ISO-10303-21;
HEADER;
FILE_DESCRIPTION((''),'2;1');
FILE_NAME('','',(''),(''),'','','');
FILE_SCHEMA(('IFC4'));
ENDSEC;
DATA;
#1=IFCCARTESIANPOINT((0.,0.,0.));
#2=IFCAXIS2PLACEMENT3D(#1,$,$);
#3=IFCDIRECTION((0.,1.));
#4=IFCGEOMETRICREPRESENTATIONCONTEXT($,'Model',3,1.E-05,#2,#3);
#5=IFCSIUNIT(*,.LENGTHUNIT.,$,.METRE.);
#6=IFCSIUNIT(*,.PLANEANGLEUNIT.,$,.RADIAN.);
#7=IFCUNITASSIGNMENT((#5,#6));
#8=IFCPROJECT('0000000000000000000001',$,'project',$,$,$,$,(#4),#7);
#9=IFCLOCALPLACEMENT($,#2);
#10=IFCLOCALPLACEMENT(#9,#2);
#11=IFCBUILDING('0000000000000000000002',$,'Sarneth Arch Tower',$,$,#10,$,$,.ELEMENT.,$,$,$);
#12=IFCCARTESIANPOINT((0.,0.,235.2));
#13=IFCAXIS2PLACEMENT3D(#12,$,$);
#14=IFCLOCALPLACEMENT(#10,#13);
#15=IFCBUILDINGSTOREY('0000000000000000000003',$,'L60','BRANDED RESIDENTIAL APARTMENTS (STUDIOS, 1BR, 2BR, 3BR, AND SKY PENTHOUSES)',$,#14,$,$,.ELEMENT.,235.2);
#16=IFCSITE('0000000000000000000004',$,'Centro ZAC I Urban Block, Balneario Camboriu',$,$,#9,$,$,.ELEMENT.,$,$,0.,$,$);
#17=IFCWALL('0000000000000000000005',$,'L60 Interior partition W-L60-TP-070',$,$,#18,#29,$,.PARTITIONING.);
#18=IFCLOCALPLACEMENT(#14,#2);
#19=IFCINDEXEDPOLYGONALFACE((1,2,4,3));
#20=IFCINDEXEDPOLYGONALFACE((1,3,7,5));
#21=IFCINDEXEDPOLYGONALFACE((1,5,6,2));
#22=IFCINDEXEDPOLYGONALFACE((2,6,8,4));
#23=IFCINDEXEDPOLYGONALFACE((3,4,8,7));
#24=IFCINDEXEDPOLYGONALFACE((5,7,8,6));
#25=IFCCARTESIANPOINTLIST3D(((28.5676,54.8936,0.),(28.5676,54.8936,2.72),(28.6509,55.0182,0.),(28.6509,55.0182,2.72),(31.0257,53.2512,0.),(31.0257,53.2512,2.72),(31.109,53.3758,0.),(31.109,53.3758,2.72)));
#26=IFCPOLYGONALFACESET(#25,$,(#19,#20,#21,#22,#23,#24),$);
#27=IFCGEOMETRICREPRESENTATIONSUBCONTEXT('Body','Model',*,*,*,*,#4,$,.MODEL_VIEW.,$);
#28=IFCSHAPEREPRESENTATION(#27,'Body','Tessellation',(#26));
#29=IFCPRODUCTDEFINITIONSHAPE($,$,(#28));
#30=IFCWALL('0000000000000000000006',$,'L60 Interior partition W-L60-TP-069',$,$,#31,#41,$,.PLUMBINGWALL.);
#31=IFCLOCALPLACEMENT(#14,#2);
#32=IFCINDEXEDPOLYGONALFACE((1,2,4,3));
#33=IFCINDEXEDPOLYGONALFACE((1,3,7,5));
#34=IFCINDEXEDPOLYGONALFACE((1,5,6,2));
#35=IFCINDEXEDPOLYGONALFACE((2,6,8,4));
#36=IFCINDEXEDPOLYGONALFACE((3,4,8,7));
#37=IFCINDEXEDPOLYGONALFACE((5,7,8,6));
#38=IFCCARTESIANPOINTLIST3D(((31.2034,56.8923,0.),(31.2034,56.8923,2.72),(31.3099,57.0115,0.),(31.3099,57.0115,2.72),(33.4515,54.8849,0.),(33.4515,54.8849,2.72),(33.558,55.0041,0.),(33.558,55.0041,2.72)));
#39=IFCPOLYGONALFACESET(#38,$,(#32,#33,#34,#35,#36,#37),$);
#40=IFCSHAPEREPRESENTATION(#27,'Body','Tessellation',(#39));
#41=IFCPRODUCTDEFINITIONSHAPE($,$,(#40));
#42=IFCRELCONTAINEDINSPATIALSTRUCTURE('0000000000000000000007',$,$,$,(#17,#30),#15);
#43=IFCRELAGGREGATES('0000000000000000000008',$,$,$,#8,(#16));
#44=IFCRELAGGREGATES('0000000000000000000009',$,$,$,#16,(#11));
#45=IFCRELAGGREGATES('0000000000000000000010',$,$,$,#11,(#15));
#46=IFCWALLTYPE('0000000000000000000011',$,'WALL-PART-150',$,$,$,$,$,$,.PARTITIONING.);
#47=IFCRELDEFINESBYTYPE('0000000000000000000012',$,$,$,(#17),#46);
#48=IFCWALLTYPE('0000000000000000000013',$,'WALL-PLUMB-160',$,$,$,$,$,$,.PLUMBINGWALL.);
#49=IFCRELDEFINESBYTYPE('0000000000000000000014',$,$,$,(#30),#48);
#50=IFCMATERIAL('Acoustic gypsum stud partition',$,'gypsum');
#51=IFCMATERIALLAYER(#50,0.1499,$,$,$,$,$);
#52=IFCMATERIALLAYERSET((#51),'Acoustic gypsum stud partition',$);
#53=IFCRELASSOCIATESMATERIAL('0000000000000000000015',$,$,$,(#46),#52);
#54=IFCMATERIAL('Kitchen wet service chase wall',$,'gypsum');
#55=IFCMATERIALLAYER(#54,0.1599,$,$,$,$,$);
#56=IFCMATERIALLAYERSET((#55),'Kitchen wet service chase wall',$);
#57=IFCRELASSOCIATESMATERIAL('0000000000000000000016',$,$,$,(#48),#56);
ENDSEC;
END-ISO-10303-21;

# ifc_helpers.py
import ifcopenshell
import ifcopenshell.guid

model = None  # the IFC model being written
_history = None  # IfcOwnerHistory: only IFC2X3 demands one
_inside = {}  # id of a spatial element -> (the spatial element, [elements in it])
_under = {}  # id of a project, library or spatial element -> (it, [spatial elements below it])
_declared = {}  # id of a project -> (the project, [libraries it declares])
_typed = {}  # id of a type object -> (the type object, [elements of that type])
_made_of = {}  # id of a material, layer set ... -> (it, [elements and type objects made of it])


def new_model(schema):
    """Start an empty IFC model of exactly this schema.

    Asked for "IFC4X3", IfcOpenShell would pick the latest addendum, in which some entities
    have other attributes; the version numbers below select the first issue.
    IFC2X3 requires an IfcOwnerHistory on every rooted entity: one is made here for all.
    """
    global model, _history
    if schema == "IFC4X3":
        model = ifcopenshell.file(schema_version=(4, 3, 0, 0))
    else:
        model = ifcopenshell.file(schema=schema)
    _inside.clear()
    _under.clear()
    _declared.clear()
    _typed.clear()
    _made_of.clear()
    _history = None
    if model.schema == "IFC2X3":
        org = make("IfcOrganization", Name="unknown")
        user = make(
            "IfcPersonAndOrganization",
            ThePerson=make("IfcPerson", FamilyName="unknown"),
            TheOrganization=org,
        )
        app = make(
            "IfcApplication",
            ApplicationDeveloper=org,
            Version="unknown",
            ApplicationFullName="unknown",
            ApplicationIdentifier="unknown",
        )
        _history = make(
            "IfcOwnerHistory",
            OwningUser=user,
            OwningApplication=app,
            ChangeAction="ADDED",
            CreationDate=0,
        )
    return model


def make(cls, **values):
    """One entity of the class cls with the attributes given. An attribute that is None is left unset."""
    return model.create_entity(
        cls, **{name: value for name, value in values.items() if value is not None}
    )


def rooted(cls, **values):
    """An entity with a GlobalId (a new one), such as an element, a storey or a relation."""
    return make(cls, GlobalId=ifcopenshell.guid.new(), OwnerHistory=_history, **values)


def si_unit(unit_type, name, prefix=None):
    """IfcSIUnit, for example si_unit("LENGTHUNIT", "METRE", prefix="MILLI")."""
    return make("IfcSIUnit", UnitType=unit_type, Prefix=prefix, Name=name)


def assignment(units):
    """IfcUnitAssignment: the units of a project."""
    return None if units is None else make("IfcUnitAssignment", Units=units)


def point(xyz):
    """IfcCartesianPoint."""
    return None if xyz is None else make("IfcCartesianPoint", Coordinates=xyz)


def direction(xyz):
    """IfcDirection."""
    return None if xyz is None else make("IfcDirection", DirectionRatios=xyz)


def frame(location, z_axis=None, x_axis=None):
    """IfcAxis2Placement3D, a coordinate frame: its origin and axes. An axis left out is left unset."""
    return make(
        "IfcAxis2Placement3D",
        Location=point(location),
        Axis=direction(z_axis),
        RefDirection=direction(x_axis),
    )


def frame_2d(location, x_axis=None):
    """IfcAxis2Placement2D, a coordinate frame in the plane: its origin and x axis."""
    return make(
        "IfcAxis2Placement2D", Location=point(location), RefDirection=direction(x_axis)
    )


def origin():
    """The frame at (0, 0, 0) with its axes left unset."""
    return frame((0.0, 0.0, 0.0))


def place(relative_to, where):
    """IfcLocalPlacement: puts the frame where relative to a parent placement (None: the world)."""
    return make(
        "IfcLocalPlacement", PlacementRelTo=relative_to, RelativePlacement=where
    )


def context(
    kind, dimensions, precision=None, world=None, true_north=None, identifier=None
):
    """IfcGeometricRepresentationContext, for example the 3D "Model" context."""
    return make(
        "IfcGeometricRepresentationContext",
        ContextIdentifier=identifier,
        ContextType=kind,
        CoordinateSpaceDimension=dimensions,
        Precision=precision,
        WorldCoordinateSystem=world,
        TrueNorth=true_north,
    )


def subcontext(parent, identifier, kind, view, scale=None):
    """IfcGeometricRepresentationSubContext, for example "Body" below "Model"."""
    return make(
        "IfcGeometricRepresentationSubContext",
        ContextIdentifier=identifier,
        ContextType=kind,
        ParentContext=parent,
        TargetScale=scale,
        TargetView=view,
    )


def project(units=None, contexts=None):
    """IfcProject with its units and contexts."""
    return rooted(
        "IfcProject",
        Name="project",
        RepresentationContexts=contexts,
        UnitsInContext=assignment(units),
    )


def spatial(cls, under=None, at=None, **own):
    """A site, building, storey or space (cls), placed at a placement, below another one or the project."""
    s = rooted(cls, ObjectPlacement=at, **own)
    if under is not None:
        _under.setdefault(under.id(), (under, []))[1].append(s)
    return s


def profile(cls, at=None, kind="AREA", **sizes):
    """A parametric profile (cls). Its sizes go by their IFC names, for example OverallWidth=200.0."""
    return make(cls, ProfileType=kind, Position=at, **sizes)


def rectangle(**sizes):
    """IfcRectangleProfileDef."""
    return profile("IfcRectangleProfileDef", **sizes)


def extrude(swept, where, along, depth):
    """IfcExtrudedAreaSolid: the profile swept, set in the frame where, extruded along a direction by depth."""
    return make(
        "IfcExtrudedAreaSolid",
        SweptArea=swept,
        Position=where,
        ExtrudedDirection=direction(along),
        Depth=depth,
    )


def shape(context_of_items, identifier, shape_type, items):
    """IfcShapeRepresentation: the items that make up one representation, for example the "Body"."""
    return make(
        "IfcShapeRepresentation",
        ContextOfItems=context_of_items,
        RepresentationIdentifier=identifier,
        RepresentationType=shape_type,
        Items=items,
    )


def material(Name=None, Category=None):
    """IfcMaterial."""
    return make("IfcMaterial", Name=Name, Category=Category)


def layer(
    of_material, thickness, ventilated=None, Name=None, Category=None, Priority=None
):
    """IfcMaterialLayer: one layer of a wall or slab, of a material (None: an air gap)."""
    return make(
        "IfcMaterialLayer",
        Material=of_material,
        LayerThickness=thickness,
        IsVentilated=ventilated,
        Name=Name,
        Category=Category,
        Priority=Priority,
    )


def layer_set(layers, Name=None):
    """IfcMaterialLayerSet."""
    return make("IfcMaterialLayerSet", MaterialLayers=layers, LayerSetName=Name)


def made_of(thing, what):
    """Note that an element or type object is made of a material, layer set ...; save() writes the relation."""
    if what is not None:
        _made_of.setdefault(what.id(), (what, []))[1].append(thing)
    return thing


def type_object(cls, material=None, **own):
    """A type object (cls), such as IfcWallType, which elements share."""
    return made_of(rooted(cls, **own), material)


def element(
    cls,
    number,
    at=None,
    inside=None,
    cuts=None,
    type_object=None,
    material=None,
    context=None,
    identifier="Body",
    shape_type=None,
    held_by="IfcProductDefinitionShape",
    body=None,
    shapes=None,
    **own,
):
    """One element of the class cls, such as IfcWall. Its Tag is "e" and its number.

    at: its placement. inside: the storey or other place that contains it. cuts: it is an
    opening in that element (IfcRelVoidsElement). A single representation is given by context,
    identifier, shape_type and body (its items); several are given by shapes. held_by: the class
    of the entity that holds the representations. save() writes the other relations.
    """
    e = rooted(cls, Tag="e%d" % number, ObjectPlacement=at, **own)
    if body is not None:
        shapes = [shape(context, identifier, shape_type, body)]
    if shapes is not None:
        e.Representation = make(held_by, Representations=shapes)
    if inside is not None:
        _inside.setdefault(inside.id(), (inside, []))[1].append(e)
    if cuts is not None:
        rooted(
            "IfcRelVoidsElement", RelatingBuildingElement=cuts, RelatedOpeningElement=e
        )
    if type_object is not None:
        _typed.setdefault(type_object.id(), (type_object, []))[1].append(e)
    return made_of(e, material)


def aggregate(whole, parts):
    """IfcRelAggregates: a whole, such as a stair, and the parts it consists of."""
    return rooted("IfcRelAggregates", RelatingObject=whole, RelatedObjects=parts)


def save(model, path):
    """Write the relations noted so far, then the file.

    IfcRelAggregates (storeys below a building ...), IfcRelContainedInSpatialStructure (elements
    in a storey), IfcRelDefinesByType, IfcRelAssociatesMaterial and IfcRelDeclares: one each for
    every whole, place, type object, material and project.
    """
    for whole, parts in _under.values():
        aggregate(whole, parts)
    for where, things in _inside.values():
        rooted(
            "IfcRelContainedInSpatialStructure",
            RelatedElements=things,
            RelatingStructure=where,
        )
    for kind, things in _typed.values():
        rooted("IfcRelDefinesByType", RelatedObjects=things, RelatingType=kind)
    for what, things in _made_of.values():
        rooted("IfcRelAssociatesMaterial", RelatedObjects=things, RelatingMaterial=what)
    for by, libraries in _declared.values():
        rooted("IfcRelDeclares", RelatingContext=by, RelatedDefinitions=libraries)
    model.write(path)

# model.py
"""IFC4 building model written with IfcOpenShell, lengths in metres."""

from ifc_helpers import new_model, si_unit, direction, frame, frame_2d, origin, place, context, subcontext, project, spatial, rectangle, extrude, material, layer, layer_set, type_object, element, save


model = new_model("IFC4")

# Units and contexts
model_context = context("Model", 3, precision=1e-05, world=origin(), true_north=direction((0.0, 1.0)))
body_context = subcontext(model_context, "Body", "Model", "MODEL_VIEW")
ifc_project = project(units=[si_unit("LENGTHUNIT", "METRE"), si_unit("PLANEANGLEUNIT", "RADIAN")], contexts=[model_context])

# Site, building, storey
site_placement = place(None, origin())
site = spatial("IfcSite", under=ifc_project, at=site_placement, Name="Centro ZAC I Urban Block, Balneario Camboriu", CompositionType="ELEMENT", RefElevation=0.0)
building_placement = place(site_placement, origin())
building = spatial("IfcBuilding", under=site, at=building_placement, Name="Sarneth Arch Tower", CompositionType="ELEMENT")
storey_placement = place(building_placement, frame((0.0, 0.0, 235.2)))
storey = spatial("IfcBuildingStorey", under=building, at=storey_placement, Name="L60", Description="BRANDED RESIDENTIAL APARTMENTS (STUDIOS, 1BR, 2BR, 3BR, AND SKY PENTHOUSES)", CompositionType="ELEMENT", Elevation=235.2)

# Walls
ifc_material_1 = material(Name="Acoustic gypsum stud partition", Category="gypsum")
ifc_layer_1 = layer(ifc_material_1, 0.1499)
ifc_layer_set_1 = layer_set([ifc_layer_1], Name="Acoustic gypsum stud partition")
wall_type_1 = type_object("IfcWallType", Name="WALL-PART-150", PredefinedType="PARTITIONING", material=ifc_layer_set_1)
wall_1_placement = place(storey_placement, frame((28.6094, 54.9558, 0.0), z_axis=(0.0, 0.0, 1.0), x_axis=(0.831478, -0.555558, 0.0)))
element("IfcWall", 1, at=wall_1_placement, inside=storey, type_object=wall_type_1, Name="L60 Interior partition W-L60-TP-070", PredefinedType="PARTITIONING", context=body_context, shape_type="SweptSolid", body=[
    extrude(rectangle(XDim=2.9563, YDim=0.1499, at=frame_2d((1.478, 0.0))), origin(), (0.0, 0.0, 1.0), 2.72),
])
ifc_material_2 = material(Name="Kitchen wet service chase wall", Category="gypsum")
ifc_layer_2 = layer(ifc_material_2, 0.1599)
ifc_layer_set_2 = layer_set([ifc_layer_2], Name="Kitchen wet service chase wall")
wall_type_2 = type_object("IfcWallType", Name="WALL-PLUMB-160", PredefinedType="PLUMBINGWALL", material=ifc_layer_set_2)
wall_2_placement = place(storey_placement, frame((33.5046, 54.9446, 0.0), z_axis=(0.0, 0.0, 1.0), x_axis=(-0.745915, 0.666042, 0.0)))
element("IfcWall", 2, at=wall_2_placement, inside=storey, type_object=wall_type_2, Name="L60 Interior partition W-L60-TP-069", PredefinedType="PLUMBINGWALL", context=body_context, shape_type="SweptSolid", body=[
    extrude(rectangle(XDim=3.0139, YDim=0.1599, at=frame_2d((1.5068, 0.0))), origin(), (0.0, 0.0, 1.0), 2.72),
])

save(model, "model.ifc")
